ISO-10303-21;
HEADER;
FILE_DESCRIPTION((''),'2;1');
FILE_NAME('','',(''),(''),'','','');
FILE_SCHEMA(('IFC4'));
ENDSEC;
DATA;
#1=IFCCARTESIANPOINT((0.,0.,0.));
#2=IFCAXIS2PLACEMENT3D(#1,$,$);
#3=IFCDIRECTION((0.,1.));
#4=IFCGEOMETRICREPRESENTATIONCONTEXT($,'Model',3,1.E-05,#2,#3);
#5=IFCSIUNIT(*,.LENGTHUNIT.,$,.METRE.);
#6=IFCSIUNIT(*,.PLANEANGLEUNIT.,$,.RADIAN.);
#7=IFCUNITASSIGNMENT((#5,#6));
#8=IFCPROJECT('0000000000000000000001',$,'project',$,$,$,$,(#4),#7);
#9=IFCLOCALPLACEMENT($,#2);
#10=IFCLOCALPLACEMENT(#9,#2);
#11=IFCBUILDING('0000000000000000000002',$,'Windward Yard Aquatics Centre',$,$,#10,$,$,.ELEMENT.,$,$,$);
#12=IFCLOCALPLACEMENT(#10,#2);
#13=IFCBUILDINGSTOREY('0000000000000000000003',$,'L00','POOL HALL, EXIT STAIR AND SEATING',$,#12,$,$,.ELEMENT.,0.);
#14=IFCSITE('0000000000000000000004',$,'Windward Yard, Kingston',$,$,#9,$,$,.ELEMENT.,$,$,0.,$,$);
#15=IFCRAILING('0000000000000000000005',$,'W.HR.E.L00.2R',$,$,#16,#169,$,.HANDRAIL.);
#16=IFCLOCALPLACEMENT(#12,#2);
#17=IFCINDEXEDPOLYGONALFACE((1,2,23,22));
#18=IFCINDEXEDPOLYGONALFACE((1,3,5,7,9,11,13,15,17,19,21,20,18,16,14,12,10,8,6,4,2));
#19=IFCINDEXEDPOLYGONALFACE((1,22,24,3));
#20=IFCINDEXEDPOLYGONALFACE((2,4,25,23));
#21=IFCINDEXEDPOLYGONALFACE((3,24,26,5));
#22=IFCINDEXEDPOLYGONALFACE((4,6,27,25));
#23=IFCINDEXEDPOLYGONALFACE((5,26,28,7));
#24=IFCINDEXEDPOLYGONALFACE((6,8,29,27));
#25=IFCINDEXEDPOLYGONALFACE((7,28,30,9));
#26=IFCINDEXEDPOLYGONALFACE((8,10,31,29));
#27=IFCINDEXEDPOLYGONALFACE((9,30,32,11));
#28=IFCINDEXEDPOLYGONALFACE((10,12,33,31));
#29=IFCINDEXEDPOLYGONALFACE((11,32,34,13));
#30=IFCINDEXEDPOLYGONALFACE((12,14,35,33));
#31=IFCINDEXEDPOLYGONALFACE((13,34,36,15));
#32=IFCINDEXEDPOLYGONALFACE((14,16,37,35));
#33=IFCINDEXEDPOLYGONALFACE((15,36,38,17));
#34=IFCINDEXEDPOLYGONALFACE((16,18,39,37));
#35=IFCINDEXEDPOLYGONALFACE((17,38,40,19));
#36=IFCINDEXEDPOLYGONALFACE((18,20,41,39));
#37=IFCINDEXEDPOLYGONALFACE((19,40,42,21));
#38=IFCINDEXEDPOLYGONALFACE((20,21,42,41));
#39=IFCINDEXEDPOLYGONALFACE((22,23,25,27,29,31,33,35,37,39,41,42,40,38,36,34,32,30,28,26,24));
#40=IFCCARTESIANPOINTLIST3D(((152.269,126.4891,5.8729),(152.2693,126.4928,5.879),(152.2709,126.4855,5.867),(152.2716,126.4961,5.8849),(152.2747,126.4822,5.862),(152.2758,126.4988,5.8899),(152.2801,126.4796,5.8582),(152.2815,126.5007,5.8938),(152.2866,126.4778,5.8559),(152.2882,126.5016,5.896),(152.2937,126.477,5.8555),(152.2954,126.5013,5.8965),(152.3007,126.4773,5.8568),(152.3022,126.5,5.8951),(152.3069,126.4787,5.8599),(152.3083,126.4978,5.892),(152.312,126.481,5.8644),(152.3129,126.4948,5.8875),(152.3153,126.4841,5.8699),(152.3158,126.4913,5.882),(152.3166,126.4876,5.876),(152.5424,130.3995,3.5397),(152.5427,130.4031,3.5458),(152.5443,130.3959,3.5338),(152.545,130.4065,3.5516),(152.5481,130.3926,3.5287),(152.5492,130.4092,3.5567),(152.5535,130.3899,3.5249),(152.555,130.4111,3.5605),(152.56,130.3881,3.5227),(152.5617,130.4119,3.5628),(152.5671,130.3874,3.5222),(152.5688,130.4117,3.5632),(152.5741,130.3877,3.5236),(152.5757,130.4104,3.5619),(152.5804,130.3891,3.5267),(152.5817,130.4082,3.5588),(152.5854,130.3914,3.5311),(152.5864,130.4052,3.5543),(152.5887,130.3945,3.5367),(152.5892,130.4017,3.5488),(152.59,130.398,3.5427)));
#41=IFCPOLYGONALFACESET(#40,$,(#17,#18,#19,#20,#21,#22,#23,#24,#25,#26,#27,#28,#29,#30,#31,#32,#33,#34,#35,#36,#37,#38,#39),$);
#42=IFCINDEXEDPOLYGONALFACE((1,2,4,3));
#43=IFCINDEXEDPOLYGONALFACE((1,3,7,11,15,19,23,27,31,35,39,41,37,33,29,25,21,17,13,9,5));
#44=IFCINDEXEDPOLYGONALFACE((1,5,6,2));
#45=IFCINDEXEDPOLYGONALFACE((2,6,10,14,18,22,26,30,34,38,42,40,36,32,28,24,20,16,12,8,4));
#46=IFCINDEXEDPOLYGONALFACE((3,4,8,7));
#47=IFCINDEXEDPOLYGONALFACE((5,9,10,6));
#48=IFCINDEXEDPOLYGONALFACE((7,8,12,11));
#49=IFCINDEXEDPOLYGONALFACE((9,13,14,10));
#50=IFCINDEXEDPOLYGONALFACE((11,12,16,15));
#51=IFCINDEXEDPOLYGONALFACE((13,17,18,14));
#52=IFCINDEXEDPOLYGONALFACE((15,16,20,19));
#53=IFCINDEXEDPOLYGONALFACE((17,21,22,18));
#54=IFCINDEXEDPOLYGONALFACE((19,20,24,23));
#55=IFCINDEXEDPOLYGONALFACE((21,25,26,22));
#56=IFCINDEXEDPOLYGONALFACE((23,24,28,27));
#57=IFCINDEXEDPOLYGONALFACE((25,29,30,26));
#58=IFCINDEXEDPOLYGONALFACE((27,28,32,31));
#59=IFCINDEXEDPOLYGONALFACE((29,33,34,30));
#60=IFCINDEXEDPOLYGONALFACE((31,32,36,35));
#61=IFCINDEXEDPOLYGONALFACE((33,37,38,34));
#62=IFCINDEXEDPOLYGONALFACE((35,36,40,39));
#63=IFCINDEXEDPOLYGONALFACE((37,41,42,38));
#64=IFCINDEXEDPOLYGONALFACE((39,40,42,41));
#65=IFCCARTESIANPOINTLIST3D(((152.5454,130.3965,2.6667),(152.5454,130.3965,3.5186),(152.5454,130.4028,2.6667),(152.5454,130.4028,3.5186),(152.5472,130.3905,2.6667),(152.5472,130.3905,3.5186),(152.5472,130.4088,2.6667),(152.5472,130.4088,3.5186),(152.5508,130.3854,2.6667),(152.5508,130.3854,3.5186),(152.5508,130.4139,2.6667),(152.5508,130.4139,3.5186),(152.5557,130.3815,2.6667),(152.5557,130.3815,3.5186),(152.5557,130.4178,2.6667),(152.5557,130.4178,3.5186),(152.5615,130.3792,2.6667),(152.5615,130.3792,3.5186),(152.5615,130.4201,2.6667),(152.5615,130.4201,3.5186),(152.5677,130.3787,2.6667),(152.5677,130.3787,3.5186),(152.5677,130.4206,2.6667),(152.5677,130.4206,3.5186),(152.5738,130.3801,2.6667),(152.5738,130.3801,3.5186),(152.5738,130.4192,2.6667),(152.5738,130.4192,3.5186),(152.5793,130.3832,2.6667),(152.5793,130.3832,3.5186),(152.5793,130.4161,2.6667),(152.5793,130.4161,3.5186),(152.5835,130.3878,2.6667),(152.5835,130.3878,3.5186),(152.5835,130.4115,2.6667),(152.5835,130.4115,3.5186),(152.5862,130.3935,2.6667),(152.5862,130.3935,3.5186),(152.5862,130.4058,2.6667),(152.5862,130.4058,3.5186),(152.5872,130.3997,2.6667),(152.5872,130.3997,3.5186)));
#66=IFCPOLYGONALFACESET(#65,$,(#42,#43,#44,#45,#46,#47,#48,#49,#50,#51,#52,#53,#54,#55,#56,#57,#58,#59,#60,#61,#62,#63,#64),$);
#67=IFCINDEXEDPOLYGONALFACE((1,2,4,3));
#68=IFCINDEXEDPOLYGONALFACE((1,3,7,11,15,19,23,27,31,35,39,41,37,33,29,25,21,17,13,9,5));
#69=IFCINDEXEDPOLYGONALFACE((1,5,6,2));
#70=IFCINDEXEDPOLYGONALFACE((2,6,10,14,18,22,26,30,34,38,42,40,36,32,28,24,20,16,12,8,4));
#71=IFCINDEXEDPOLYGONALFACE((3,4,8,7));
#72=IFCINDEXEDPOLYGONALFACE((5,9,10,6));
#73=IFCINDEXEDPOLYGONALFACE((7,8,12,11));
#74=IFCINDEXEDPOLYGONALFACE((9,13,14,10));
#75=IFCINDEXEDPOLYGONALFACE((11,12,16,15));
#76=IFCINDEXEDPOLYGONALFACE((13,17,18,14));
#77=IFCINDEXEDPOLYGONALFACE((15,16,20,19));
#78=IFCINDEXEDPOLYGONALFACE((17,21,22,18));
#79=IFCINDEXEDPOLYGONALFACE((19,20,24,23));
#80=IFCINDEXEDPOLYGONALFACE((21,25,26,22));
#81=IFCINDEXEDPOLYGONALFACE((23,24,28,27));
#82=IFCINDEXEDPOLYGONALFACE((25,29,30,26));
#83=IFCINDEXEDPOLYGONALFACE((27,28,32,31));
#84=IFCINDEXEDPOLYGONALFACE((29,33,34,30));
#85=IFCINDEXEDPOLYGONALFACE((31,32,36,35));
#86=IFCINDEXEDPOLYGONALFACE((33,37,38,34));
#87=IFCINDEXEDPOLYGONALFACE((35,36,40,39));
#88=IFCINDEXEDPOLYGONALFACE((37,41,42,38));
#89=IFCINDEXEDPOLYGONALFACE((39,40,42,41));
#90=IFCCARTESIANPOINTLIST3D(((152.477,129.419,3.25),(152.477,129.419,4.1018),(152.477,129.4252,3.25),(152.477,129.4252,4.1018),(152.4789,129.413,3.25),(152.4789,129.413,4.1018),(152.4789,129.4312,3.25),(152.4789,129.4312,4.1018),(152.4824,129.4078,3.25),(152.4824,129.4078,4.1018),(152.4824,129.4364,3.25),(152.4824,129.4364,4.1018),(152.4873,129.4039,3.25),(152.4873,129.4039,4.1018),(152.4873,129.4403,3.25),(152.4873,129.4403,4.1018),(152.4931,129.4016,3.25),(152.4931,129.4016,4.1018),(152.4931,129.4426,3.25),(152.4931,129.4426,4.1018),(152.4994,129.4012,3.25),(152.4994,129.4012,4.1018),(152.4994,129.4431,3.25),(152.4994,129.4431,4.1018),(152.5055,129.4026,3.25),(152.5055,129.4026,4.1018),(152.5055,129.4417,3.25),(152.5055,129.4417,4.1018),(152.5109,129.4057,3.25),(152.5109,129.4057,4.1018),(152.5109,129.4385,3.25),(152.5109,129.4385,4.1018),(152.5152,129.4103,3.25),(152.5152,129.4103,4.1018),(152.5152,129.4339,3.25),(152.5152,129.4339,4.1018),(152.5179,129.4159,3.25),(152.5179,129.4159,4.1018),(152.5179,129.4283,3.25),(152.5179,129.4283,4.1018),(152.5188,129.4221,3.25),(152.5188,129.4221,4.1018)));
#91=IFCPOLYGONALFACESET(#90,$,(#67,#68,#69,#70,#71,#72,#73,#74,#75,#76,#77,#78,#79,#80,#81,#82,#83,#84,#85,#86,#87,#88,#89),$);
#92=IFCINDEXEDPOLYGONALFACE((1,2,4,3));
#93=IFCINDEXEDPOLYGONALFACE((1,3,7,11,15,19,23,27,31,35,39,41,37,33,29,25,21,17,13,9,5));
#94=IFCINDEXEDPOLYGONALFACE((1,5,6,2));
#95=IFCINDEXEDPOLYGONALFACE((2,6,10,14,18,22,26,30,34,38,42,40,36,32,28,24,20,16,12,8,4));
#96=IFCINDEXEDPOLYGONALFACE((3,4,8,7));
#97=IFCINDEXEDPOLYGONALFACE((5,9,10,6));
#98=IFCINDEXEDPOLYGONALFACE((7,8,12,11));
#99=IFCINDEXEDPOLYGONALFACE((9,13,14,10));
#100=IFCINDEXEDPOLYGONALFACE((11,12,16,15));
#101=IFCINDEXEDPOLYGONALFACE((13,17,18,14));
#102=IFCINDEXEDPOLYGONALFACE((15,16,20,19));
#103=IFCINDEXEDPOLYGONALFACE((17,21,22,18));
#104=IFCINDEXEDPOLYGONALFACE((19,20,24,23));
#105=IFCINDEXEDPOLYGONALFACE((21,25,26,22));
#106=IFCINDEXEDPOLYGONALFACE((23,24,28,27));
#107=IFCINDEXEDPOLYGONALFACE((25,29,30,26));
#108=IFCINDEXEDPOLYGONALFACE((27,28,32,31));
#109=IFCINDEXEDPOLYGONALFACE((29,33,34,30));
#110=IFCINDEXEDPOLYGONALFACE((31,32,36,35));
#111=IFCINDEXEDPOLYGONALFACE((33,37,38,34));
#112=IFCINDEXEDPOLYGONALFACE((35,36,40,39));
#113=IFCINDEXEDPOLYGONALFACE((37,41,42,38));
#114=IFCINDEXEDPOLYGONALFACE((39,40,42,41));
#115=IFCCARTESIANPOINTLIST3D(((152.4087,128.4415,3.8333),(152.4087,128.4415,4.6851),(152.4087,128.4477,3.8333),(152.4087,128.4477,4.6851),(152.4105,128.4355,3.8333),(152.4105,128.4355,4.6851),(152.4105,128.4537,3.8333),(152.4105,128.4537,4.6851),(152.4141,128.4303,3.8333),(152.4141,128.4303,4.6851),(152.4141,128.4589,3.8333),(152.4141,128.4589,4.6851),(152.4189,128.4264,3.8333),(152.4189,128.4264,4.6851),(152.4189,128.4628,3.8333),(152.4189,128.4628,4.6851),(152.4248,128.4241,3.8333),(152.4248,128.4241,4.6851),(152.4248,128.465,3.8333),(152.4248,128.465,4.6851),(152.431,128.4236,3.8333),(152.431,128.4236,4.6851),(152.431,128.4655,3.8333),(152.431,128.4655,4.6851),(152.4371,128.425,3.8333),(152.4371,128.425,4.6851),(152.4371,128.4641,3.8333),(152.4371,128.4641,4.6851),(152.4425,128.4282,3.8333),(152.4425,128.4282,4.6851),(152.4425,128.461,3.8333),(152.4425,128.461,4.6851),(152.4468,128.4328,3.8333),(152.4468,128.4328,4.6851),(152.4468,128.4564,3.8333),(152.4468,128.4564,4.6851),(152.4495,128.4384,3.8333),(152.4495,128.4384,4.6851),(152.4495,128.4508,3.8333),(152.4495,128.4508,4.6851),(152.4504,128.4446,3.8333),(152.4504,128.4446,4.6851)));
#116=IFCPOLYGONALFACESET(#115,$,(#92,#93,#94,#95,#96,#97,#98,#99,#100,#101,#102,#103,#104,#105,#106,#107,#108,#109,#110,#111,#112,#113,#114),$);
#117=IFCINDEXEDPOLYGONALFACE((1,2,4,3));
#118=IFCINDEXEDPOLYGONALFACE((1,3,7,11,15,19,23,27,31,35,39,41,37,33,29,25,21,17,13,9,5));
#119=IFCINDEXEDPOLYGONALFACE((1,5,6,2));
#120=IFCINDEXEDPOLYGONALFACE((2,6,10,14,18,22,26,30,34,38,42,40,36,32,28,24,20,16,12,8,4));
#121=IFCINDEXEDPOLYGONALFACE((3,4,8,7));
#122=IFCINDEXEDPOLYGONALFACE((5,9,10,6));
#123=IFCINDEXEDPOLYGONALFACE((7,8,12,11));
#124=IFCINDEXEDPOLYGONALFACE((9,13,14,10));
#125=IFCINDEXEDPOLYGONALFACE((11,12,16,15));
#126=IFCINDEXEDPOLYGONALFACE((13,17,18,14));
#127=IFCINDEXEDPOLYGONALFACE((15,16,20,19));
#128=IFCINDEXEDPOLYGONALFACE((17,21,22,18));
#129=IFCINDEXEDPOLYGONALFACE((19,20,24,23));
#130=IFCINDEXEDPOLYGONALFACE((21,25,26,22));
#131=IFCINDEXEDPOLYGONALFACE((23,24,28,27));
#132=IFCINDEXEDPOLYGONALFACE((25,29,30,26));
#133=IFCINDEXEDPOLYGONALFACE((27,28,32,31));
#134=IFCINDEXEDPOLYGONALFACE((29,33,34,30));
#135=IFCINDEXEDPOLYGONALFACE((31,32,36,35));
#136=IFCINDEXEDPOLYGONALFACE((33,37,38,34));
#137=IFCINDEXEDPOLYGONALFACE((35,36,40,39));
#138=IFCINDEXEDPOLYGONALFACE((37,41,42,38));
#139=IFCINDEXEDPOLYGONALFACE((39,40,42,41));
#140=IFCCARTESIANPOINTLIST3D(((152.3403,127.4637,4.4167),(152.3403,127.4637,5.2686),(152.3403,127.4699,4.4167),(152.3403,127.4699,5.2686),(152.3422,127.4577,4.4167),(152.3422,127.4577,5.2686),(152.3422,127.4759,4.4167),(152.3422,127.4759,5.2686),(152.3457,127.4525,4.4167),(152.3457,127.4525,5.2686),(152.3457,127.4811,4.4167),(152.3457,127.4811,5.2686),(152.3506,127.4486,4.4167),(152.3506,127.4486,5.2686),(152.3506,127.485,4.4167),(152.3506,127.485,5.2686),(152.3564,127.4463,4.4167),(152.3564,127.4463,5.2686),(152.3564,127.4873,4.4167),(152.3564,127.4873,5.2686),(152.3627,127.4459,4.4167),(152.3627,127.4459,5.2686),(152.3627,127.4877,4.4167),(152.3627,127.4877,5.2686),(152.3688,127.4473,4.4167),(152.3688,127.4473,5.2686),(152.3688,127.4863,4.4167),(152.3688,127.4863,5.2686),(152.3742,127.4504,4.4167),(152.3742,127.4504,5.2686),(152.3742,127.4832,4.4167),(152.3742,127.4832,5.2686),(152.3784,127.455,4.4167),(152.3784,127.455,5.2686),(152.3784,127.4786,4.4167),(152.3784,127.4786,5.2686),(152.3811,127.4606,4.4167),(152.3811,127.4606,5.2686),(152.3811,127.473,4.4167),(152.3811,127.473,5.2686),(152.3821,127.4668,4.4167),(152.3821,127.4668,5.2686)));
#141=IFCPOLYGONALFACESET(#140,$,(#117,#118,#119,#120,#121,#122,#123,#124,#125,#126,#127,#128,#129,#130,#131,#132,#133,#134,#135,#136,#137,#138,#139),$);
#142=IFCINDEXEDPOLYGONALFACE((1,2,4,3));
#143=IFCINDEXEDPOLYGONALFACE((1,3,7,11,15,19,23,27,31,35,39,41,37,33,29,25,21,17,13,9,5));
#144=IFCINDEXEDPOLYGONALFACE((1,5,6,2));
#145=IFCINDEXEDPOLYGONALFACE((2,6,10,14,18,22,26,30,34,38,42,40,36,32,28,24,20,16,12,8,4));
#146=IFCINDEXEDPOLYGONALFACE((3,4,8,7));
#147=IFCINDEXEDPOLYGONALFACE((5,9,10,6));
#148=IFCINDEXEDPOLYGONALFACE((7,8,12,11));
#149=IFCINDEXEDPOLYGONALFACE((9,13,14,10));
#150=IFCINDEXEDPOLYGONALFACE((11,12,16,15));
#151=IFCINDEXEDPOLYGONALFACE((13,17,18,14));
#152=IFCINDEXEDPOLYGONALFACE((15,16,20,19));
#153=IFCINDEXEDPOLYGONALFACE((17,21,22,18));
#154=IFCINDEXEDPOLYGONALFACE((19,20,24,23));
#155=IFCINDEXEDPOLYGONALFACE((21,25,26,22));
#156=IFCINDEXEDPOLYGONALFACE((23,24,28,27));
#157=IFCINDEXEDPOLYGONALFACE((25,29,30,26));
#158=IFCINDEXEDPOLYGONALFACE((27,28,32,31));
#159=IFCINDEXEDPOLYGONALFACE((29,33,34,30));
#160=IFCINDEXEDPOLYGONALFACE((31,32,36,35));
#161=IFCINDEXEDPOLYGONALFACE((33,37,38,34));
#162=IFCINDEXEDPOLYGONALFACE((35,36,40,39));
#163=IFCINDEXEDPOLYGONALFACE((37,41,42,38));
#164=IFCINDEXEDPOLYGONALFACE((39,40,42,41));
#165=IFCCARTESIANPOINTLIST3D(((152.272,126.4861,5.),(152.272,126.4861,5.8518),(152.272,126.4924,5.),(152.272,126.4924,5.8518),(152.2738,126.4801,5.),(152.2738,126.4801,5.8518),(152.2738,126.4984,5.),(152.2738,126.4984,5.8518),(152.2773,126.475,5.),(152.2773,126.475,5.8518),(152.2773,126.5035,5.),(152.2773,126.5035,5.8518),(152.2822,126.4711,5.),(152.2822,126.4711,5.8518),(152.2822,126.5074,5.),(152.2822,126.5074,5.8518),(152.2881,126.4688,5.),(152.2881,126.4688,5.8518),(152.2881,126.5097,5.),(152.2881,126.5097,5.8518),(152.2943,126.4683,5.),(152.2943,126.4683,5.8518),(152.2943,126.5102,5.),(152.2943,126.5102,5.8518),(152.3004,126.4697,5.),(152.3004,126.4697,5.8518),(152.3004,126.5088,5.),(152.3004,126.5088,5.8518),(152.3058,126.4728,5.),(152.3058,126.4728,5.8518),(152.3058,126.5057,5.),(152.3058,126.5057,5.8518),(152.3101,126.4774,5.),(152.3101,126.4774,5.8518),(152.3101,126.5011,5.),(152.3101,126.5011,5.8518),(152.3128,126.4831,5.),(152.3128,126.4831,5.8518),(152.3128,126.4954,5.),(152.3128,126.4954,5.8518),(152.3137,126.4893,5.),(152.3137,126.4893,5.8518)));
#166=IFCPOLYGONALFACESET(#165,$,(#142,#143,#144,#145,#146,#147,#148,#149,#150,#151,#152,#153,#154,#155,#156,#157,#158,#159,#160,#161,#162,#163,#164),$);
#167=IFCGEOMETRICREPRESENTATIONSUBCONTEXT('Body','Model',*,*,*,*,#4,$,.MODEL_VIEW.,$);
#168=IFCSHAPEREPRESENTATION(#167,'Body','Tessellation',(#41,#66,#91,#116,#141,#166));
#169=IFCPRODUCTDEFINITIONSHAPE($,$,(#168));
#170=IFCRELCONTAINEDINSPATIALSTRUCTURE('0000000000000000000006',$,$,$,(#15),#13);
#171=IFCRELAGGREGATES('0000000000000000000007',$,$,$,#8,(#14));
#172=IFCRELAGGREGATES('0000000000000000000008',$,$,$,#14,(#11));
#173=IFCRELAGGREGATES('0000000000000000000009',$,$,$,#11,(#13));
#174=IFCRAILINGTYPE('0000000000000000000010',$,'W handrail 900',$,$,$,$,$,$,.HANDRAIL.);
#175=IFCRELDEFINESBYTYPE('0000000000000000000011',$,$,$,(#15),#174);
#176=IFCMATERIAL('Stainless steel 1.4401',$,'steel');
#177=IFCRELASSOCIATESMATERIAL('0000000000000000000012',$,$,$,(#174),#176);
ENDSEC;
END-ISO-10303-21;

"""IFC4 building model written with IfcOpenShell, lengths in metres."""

from ifc_helpers import new_model, si_unit, direction, frame, origin, origin_2d, place, context, subcontext, project, spatial, circle, extrude, material, type_object, element, save


model = new_model("IFC4")

# Units and contexts
model_context = context("Model", 3, precision=1e-05, world=origin(), true_north=direction((0.0, 1.0)))
body_context = subcontext(model_context, "Body", "Model", "MODEL_VIEW")
ifc_project = project(units=[si_unit("LENGTHUNIT", "METRE"), si_unit("PLANEANGLEUNIT", "RADIAN")], contexts=[model_context])

# Site, building, storey
site_placement = place(None, origin())
site = spatial("IfcSite", under=ifc_project, at=site_placement, Name="Windward Yard, Kingston", CompositionType="ELEMENT", RefElevation=0.0)
building_placement = place(site_placement, origin())
building = spatial("IfcBuilding", under=site, at=building_placement, Name="Windward Yard Aquatics Centre", CompositionType="ELEMENT")
storey_placement = place(building_placement, origin())
storey = spatial("IfcBuildingStorey", under=building, at=storey_placement, Name="L00", Description="POOL HALL, EXIT STAIR AND SEATING", CompositionType="ELEMENT", Elevation=0.0)

# Railing
ifc_material_1 = material(Name="Stainless steel 1.4401", Category="steel")
railing_type = type_object("IfcRailingType", Name="W handrail 900", PredefinedType="HANDRAIL", material=ifc_material_1)
for number, where, name in (
    (1, (152.5662, 130.3997, 2.6667), "W.HR.E.L00.2R"),
):
    element("IfcRailing", number, at=place(storey_placement, frame(where)), inside=storey, type_object=railing_type, Name=name, PredefinedType="HANDRAIL", context=body_context, shape_type="SweptSolid", body=[
        extrude(circle(Radius=0.0239, at=origin_2d()), frame((0.0, 0.0, 0.876), z_axis=(-0.059941, -0.857205, 0.511476), x_axis=(0.997564, -0.069755, 0.0)), (0.0, 0.0, 1.0), 4.5618),
        extrude(circle(Radius=0.021, at=origin_2d()), origin(), (0.0, 0.0, 1.0), 0.8518),
        extrude(circle(Radius=0.021, at=origin_2d()), frame((-0.0684, -0.9775, 0.5833)), (0.0, 0.0, 1.0), 0.8518),
        extrude(circle(Radius=0.021, at=origin_2d()), frame((-0.1367, -1.9551, 1.1665)), (0.0, 0.0, 1.0), 0.8518),
        extrude(circle(Radius=0.021, at=origin_2d()), frame((-0.2051, -2.9329, 1.75)), (0.0, 0.0, 1.0), 0.8518),
        extrude(circle(Radius=0.021, at=origin_2d()), frame((-0.2734, -3.9104, 2.3333)), (0.0, 0.0, 1.0), 0.8518),
    ])

save(model, "model.ifc")
